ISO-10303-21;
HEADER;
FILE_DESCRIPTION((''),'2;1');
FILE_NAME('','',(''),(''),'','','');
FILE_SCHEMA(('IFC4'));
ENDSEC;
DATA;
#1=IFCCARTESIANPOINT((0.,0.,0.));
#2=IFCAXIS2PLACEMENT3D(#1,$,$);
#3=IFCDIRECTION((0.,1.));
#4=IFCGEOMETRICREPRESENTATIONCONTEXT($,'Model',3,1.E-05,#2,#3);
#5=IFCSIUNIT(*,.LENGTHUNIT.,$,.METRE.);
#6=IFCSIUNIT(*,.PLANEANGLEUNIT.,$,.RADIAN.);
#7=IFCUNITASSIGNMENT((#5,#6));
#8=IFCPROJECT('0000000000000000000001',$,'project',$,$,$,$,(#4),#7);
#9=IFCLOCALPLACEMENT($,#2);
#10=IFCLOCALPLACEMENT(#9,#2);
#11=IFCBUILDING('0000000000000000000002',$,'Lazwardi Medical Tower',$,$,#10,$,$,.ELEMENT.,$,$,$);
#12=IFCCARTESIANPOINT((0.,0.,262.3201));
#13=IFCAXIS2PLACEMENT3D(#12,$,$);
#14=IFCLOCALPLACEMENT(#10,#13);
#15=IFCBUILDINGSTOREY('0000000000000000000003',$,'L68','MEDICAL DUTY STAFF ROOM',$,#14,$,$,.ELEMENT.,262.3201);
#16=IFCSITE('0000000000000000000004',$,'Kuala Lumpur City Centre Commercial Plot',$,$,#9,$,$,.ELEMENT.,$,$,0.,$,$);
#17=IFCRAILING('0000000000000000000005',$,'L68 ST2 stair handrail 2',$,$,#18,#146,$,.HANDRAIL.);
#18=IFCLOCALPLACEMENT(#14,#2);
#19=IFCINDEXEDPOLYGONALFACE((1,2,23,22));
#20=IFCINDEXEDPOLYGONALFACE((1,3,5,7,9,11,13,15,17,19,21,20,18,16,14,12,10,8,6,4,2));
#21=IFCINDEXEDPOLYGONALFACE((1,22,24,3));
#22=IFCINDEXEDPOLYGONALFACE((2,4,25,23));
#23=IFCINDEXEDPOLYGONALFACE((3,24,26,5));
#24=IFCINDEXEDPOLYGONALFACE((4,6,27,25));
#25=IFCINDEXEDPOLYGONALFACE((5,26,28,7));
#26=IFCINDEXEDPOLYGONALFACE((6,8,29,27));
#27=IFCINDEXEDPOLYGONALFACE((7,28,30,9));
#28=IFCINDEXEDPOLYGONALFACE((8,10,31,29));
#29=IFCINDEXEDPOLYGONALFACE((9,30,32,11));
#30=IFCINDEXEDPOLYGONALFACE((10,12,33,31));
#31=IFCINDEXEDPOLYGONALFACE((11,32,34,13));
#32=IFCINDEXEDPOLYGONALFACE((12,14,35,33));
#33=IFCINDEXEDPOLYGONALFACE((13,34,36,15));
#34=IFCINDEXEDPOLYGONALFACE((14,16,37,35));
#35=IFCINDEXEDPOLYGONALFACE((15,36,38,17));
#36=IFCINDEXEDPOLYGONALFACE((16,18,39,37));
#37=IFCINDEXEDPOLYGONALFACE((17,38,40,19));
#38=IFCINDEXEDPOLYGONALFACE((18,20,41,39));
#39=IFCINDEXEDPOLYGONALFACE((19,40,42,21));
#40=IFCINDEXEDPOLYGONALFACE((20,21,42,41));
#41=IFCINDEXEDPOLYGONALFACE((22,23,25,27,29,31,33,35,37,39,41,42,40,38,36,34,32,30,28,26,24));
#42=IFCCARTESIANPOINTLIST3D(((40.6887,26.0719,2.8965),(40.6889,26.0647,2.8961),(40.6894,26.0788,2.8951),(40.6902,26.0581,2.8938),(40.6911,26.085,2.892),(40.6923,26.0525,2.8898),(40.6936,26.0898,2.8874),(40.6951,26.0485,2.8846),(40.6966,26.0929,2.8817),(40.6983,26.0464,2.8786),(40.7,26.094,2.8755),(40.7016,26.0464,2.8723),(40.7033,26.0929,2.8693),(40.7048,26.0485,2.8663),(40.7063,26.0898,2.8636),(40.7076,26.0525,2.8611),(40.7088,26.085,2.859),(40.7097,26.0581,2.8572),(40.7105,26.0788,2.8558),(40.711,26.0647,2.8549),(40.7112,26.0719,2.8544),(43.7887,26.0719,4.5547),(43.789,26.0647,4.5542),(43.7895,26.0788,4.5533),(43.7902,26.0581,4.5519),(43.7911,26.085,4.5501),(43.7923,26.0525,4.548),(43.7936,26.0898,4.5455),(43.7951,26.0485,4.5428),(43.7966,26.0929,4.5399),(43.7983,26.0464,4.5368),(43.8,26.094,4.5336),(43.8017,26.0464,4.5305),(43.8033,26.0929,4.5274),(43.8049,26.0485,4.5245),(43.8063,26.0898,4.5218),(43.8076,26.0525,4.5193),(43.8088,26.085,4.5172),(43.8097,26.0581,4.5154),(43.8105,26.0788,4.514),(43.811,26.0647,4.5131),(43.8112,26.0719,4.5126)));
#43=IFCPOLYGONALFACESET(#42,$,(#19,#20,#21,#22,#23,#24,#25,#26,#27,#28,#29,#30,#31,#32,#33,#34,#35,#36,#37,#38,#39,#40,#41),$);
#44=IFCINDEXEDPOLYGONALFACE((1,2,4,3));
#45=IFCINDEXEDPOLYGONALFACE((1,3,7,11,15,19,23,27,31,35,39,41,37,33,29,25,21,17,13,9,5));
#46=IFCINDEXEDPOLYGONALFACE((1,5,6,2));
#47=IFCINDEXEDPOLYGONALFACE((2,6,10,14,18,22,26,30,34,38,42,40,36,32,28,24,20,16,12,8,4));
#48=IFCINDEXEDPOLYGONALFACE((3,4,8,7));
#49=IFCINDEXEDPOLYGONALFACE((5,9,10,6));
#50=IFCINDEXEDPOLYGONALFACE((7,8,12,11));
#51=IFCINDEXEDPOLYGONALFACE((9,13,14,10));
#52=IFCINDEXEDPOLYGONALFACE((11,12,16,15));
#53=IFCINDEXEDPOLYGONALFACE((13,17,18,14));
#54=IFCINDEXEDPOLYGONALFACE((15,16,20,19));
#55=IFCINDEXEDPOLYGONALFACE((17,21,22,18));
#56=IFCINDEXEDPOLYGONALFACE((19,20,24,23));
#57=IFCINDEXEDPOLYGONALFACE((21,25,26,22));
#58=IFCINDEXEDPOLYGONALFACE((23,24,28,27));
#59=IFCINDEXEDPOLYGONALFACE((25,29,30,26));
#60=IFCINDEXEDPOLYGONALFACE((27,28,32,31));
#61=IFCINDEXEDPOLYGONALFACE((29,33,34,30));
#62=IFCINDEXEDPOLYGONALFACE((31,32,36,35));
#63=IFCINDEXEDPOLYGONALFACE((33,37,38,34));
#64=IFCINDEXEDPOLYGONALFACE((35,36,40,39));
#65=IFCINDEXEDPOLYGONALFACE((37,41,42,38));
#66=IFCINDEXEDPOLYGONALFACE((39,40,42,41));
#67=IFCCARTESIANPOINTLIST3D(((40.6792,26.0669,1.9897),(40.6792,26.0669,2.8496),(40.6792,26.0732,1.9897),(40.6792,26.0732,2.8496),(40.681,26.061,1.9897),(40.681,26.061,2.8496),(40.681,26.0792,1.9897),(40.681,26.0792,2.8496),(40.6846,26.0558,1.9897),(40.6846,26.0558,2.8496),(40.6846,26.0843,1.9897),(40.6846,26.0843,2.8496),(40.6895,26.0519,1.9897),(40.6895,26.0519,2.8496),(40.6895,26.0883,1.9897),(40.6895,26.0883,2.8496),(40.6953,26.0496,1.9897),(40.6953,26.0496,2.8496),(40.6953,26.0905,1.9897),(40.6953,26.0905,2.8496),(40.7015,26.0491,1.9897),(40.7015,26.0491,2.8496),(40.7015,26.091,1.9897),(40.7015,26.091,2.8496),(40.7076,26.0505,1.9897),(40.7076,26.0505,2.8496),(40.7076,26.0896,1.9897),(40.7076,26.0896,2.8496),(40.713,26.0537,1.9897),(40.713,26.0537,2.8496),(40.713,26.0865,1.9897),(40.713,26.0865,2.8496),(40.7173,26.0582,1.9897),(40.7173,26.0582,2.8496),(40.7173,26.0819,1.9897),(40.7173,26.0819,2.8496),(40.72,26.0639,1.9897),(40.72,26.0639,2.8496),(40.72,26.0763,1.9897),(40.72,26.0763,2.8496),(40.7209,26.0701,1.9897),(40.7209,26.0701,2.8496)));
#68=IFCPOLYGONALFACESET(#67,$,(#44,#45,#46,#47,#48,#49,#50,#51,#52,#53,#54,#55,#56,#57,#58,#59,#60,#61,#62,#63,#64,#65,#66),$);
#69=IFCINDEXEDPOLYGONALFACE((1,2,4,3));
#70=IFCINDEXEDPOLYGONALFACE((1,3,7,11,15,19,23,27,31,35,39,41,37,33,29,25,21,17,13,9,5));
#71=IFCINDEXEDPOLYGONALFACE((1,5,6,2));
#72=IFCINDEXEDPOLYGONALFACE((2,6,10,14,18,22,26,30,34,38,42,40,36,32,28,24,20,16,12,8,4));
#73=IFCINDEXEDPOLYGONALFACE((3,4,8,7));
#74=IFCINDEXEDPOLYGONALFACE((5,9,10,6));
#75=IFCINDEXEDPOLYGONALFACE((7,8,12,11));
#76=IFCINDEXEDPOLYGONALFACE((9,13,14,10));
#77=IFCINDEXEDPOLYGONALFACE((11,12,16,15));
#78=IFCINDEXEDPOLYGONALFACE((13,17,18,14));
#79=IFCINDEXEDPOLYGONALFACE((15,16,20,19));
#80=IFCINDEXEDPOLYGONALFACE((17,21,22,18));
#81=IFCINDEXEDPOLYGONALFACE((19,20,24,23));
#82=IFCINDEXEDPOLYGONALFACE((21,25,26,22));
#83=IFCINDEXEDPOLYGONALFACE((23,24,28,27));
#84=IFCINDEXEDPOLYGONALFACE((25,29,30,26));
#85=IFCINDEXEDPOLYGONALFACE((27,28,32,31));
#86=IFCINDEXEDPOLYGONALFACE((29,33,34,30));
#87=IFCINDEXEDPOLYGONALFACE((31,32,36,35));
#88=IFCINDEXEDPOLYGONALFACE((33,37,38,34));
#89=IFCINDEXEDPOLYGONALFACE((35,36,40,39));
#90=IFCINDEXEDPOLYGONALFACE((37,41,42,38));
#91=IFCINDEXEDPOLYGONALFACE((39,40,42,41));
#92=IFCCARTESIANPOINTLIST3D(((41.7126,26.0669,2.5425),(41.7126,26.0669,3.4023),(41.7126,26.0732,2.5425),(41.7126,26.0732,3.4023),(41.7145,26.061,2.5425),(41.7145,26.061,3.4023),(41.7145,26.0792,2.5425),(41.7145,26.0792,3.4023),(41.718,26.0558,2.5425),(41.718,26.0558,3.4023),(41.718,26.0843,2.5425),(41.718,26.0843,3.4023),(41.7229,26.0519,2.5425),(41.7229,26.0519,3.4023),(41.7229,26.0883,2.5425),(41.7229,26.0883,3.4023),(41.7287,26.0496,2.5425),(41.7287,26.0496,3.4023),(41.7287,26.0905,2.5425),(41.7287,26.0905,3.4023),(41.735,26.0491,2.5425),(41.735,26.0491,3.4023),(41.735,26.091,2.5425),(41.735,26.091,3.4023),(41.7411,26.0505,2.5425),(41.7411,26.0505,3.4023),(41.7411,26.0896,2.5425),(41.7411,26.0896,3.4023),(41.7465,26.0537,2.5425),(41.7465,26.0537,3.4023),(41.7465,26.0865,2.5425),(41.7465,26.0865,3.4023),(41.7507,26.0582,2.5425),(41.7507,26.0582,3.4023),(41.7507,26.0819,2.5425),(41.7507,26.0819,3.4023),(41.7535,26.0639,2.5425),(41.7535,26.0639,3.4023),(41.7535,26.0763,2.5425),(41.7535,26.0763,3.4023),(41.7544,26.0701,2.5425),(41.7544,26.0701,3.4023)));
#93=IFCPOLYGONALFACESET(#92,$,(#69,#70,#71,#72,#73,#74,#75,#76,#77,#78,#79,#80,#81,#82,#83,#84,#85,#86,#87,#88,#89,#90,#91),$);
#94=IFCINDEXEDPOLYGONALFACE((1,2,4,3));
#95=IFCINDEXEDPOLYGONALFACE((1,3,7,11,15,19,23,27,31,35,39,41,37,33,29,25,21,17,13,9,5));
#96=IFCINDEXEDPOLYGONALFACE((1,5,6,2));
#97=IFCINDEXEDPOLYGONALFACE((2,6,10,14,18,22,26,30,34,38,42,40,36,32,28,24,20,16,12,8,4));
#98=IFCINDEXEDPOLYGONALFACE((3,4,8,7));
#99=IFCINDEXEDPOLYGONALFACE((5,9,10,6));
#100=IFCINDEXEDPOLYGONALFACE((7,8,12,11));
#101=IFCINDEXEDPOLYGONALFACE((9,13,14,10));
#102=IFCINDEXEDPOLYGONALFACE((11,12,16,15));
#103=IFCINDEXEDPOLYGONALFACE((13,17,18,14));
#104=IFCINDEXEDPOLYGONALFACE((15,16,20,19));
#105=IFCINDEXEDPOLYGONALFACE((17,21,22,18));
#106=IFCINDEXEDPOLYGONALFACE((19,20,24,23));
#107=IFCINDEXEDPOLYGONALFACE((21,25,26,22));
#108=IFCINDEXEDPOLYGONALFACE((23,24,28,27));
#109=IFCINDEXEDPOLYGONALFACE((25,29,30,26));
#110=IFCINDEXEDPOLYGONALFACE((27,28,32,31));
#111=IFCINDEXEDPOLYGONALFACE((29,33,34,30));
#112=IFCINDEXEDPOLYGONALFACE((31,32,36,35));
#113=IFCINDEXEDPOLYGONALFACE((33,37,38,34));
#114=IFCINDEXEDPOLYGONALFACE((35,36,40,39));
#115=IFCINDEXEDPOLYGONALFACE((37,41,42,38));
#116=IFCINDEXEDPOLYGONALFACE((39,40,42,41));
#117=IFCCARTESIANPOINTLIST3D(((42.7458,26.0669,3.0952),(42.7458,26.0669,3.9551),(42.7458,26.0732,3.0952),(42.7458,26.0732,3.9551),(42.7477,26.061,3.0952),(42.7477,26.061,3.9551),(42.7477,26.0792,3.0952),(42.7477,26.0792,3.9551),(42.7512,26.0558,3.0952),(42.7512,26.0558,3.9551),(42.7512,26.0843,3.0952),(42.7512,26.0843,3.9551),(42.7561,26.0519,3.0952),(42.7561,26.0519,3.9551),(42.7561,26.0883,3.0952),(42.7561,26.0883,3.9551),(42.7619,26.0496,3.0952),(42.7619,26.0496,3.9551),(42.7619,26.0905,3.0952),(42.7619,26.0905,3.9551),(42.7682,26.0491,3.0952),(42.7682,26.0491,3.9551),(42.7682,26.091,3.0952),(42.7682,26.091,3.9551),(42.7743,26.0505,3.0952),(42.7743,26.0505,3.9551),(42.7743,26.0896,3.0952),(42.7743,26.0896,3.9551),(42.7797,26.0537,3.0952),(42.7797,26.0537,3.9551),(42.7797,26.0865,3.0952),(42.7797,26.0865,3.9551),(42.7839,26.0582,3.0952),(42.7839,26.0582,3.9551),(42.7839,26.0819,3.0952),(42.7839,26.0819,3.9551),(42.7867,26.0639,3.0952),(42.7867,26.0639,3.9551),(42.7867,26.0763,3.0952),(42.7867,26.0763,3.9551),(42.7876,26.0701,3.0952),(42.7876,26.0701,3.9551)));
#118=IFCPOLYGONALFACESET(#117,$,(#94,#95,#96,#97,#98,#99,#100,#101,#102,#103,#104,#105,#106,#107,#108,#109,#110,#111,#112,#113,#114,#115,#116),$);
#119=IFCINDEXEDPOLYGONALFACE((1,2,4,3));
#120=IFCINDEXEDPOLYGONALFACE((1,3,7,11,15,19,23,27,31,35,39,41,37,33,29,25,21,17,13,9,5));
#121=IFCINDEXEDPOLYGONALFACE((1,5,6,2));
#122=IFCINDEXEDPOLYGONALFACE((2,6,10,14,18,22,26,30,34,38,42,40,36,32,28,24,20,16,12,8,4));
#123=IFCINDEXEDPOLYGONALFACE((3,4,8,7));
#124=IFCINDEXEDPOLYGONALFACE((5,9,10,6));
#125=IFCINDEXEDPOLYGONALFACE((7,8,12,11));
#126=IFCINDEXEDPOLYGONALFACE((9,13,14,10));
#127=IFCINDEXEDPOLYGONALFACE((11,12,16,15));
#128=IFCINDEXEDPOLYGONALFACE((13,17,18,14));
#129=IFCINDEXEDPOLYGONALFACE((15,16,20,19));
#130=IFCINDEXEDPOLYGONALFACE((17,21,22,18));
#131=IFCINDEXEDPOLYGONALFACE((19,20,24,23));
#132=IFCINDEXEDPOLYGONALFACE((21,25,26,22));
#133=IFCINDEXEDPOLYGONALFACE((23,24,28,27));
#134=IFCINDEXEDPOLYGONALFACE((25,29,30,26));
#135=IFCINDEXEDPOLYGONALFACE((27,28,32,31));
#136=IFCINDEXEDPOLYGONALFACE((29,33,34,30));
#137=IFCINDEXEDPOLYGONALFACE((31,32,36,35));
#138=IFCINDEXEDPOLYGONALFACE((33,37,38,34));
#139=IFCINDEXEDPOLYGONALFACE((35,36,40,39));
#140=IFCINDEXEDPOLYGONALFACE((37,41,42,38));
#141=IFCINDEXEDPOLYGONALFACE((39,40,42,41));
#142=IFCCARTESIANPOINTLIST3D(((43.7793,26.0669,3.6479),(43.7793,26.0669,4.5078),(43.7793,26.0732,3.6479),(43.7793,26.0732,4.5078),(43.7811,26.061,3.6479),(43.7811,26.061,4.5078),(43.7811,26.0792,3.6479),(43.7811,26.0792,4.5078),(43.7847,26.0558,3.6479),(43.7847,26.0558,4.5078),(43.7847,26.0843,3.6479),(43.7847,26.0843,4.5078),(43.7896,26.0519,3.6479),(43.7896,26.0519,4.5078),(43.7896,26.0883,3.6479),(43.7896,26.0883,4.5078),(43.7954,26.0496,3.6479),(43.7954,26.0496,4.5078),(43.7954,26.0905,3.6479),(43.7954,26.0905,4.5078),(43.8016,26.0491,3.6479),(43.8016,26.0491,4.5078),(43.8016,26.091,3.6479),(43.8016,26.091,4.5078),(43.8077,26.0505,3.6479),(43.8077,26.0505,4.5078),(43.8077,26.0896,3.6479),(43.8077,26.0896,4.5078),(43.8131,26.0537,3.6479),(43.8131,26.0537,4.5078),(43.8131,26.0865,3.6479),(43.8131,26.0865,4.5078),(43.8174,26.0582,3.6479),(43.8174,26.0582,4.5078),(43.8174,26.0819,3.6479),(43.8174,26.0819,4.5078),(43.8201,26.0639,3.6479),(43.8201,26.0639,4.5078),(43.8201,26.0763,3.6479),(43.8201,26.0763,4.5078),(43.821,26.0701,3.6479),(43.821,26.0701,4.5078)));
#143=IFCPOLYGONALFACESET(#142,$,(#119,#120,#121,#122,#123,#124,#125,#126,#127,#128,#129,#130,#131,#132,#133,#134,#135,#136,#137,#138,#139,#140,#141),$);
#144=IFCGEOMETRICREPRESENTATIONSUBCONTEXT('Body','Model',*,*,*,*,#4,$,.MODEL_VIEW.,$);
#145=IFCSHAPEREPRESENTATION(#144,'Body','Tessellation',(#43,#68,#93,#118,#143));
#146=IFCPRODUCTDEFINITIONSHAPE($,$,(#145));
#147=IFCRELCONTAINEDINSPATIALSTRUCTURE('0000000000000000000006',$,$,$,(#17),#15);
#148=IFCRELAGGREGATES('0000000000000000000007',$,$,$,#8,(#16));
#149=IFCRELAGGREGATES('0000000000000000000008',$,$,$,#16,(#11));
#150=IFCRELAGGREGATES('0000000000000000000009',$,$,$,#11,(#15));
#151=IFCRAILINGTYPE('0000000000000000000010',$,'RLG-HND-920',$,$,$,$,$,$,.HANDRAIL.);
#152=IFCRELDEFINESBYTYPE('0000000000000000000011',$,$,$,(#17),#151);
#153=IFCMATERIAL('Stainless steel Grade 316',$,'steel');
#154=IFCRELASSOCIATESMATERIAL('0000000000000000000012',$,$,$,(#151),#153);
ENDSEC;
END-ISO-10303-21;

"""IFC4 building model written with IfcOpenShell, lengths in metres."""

from ifc_helpers import new_model, si_unit, direction, frame, origin, origin_2d, place, context, subcontext, project, spatial, circle, extrude, material, type_object, element, save


model = new_model("IFC4")

# Units and contexts
model_context = context("Model", 3, precision=1e-05, world=origin(), true_north=direction((0.0, 1.0)))
body_context = subcontext(model_context, "Body", "Model", "MODEL_VIEW")
ifc_project = project(units=[si_unit("LENGTHUNIT", "METRE"), si_unit("PLANEANGLEUNIT", "RADIAN")], contexts=[model_context])

# Site, building, storey
site_placement = place(None, origin())
site = spatial("IfcSite", under=ifc_project, at=site_placement, Name="Kuala Lumpur City Centre Commercial Plot", CompositionType="ELEMENT", RefElevation=0.0)
building_placement = place(site_placement, origin())
building = spatial("IfcBuilding", under=site, at=building_placement, Name="Lazwardi Medical Tower", CompositionType="ELEMENT")
storey_placement = place(building_placement, frame((0.0, 0.0, 262.3201)))
storey = spatial("IfcBuildingStorey", under=building, at=storey_placement, Name="L68", Description="MEDICAL DUTY STAFF ROOM", CompositionType="ELEMENT", Elevation=262.3201)

# Railing
ifc_material_1 = material(Name="Stainless steel Grade 316", Category="steel")
railing_type_1 = type_object("IfcRailingType", Name="RLG-HND-920", PredefinedType="HANDRAIL", material=ifc_material_1)
railing_1_placement = place(storey_placement, frame((40.7, 26.0701, 1.9897)))
element("IfcRailing", 1, at=railing_1_placement, inside=storey, type_object=railing_type_1, Name="L68 ST2 stair handrail 2", PredefinedType="HANDRAIL", context=body_context, shape_type="SweptSolid", body=[
    extrude(circle(Radius=0.0239, at=origin_2d()), frame((0.0, 0.0, 0.8857), z_axis=(0.881783, 0.0, 0.471655), x_axis=(0.0, 1.0, 0.0)), (0.0, 0.0, 1.0), 3.5156),
    extrude(circle(Radius=0.021, at=origin_2d()), origin(), (0.0, 0.0, 1.0), 0.8599),
    extrude(circle(Radius=0.021, at=origin_2d()), frame((1.0334, 0.0, 0.5527)), (0.0, 0.0, 1.0), 0.8599),
    extrude(circle(Radius=0.021, at=origin_2d()), frame((2.0667, 0.0, 1.1055)), (0.0, 0.0, 1.0), 0.8599),
    extrude(circle(Radius=0.021, at=origin_2d()), frame((3.1001, 0.0, 1.6582)), (0.0, 0.0, 1.0), 0.8599),
])

save(model, "model.ifc")
